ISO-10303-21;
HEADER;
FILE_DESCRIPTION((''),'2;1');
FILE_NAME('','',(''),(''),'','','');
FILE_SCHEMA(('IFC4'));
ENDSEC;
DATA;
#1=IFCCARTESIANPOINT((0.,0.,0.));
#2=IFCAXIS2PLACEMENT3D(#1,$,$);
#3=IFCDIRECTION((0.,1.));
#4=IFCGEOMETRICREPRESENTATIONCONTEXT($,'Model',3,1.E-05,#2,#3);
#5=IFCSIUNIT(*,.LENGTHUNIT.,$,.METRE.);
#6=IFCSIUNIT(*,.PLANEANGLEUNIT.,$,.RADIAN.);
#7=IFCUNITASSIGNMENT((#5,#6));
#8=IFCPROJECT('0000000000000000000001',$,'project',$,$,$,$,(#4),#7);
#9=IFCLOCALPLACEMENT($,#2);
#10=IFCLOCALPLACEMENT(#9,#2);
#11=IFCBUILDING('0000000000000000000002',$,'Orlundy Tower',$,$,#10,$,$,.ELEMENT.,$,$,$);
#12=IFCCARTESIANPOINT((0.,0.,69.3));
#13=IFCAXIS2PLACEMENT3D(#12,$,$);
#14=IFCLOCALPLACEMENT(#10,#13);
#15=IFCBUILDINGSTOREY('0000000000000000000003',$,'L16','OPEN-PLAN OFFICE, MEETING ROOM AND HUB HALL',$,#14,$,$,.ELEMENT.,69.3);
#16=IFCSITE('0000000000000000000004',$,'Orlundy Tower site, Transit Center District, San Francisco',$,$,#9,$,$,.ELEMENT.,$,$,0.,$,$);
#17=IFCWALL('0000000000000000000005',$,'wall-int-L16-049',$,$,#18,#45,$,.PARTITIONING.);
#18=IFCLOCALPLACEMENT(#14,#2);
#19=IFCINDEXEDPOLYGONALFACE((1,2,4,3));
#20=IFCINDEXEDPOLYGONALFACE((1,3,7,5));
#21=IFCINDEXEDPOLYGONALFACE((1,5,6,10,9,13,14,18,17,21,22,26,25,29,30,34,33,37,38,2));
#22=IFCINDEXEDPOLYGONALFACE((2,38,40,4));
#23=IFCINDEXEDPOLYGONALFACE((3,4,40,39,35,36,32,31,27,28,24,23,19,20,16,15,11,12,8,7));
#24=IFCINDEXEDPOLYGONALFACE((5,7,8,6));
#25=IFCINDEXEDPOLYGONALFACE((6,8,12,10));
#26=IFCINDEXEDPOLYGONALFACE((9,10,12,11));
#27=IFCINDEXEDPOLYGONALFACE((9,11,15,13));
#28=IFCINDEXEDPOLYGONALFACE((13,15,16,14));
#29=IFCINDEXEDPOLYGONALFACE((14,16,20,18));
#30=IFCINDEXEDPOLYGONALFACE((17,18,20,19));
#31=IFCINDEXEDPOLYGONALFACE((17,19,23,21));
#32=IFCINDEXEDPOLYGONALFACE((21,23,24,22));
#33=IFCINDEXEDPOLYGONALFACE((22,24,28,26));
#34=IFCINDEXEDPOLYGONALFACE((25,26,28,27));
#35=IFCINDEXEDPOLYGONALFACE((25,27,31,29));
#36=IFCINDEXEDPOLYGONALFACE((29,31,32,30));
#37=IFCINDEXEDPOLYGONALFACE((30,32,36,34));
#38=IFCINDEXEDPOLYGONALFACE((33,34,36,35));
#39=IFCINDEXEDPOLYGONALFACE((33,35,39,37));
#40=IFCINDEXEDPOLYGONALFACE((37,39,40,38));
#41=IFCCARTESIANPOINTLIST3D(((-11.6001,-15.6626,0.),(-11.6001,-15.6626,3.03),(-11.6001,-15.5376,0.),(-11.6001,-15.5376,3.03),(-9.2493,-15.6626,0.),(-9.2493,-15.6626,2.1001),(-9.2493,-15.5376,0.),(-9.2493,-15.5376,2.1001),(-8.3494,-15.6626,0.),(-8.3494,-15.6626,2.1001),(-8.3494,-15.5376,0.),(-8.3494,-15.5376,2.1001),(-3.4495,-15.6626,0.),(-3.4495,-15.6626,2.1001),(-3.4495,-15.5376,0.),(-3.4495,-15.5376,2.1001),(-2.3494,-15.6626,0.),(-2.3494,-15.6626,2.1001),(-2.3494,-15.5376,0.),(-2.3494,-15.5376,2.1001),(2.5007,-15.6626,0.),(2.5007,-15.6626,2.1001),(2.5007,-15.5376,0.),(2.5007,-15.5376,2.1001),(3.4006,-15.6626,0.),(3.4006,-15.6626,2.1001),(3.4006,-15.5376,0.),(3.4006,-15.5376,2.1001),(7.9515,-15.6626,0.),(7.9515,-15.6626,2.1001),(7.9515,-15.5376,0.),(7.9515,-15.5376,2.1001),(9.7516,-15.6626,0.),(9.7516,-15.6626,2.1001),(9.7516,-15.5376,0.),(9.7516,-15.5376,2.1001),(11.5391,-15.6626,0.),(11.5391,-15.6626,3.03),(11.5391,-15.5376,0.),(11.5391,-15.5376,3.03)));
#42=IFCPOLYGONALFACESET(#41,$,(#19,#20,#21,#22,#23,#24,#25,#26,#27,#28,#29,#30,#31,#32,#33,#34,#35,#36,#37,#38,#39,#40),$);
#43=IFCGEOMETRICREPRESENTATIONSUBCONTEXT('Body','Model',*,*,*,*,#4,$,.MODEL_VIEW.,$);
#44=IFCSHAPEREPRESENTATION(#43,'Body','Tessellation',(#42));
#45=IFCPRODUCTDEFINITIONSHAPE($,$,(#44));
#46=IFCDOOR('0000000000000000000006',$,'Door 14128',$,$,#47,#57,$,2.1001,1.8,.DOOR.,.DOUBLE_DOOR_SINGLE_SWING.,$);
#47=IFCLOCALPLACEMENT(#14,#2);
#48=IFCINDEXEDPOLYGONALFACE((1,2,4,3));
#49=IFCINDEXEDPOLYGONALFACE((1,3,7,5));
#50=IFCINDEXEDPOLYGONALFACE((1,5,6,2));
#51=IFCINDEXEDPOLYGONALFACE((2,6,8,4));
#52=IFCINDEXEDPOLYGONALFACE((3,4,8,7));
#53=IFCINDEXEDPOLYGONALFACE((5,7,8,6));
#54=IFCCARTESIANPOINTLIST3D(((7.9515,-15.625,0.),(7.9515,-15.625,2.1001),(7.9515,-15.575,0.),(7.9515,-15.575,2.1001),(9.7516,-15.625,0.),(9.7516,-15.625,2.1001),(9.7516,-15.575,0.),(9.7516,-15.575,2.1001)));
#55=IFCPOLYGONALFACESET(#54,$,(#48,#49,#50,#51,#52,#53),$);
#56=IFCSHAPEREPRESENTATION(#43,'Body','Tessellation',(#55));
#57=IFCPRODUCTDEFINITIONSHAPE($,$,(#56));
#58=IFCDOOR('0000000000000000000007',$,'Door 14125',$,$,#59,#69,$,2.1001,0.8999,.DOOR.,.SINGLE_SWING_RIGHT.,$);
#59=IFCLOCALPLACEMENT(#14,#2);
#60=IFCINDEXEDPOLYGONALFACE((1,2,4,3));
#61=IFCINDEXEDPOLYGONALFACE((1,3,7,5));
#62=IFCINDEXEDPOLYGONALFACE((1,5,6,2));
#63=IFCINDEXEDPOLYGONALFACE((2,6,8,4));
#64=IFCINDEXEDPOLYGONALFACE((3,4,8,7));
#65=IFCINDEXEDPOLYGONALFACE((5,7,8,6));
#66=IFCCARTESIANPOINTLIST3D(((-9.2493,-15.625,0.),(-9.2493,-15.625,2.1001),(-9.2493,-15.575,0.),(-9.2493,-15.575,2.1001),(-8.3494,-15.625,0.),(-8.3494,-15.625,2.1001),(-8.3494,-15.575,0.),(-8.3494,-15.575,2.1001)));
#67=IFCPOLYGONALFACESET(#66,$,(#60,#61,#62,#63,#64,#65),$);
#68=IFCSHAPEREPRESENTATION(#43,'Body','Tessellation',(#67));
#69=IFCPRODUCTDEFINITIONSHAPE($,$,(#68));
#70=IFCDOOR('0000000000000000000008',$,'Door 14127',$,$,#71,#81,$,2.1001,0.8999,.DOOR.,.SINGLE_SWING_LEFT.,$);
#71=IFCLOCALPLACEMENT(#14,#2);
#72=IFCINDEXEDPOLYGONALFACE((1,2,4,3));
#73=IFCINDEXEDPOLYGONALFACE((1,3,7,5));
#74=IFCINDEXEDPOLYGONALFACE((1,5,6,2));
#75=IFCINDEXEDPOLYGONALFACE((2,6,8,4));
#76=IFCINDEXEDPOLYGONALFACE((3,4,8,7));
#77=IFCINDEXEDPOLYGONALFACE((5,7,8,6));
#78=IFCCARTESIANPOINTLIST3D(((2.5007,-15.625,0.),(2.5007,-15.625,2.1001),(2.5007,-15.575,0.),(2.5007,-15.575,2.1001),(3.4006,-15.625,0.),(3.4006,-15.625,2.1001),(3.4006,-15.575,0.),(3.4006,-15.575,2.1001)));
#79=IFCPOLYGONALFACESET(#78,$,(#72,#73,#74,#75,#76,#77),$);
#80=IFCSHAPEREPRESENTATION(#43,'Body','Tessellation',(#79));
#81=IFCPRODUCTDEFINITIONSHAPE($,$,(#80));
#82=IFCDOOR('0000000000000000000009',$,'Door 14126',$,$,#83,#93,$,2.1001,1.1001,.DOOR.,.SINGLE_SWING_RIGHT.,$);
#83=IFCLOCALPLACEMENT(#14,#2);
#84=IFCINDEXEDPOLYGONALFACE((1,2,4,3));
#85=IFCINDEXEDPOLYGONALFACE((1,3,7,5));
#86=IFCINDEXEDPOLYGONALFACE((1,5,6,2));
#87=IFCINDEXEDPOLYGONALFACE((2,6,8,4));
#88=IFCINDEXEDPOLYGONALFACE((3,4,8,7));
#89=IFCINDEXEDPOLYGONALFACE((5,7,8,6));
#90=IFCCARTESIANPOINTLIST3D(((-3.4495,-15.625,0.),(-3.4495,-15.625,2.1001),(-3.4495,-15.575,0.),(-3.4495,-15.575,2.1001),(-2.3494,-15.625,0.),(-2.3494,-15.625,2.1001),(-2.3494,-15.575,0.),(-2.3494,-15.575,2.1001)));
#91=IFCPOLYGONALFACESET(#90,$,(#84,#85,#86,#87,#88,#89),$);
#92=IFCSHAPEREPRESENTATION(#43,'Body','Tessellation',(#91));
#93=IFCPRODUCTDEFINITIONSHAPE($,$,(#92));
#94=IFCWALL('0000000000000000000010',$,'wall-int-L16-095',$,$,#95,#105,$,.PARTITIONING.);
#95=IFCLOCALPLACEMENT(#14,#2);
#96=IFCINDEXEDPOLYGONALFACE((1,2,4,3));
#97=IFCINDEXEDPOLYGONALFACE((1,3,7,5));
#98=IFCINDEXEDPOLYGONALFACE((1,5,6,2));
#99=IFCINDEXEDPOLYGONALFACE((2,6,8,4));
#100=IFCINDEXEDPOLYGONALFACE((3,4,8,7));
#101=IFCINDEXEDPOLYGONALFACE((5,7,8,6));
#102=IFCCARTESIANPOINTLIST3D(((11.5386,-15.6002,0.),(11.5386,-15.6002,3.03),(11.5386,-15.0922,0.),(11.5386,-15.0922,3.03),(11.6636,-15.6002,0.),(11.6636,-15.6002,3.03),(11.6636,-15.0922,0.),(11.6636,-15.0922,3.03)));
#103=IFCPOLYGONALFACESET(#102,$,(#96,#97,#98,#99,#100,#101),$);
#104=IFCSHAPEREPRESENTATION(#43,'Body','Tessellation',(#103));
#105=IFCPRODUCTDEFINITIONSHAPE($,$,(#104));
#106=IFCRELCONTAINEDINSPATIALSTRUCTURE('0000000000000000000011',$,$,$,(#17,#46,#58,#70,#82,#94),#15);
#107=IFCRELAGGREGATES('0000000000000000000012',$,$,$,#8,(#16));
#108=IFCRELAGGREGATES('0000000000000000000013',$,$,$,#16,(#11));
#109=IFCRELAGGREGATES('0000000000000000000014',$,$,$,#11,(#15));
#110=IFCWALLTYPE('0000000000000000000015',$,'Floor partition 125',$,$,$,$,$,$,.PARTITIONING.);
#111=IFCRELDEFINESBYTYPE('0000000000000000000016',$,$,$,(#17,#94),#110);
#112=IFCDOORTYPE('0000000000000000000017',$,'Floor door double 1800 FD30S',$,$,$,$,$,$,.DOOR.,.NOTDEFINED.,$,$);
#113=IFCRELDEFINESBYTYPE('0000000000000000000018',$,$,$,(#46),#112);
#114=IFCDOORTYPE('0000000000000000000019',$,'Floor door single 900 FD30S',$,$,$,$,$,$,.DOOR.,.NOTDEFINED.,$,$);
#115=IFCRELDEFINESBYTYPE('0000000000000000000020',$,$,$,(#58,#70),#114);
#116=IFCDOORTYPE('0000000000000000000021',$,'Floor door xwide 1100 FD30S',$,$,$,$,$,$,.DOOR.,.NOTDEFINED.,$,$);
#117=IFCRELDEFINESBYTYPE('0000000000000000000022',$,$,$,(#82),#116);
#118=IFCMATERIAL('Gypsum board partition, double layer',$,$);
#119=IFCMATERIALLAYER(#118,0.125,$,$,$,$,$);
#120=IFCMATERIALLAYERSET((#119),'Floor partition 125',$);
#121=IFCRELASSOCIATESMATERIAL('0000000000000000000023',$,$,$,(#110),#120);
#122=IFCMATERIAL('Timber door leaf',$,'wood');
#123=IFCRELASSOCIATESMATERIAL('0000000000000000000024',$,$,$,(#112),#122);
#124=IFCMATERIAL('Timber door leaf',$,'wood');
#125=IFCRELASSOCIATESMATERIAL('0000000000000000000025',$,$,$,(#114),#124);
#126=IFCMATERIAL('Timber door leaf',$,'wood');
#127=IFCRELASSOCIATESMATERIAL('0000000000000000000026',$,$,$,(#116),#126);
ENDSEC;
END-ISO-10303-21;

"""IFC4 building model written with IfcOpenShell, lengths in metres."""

from ifc_helpers import new_model, si_unit, direction, frame, frame_2d, origin, place, context, subcontext, project, spatial, rectangle, extrude, material, layer, layer_set, type_object, element, fill, save


model = new_model("IFC4")

# Units and contexts
model_context = context("Model", 3, precision=1e-05, world=origin(), true_north=direction((0.0, 1.0)))
body_context = subcontext(model_context, "Body", "Model", "MODEL_VIEW")
ifc_project = project(units=[si_unit("LENGTHUNIT", "METRE"), si_unit("PLANEANGLEUNIT", "RADIAN")], contexts=[model_context])

# Site, building, storey
site_placement = place(None, origin())
site = spatial("IfcSite", under=ifc_project, at=site_placement, Name="Orlundy Tower site, Transit Center District, San Francisco", CompositionType="ELEMENT", RefElevation=0.0)
building_placement = place(site_placement, origin())
building = spatial("IfcBuilding", under=site, at=building_placement, Name="Orlundy Tower", CompositionType="ELEMENT")
storey_placement = place(building_placement, frame((0.0, 0.0, 69.3)))
storey = spatial("IfcBuildingStorey", under=building, at=storey_placement, Name="L16", Description="OPEN-PLAN OFFICE, MEETING ROOM AND HUB HALL", CompositionType="ELEMENT", Elevation=69.3)

# Shared definitions
ifc_material_1 = material(Name="Gypsum board partition, double layer")
ifc_layer_1 = layer(ifc_material_1, 0.125)
ifc_layer_set_1 = layer_set([ifc_layer_1], Name="Floor partition 125")
wall_type_1 = type_object("IfcWallType", Name="Floor partition 125", PredefinedType="PARTITIONING", material=ifc_layer_set_1)

# Wall, openings, doors
wall_1_placement = place(storey_placement, frame((11.5391, -15.6001, 0.0), z_axis=(0.0, 0.0, 1.0), x_axis=(-1.0, 0.0, 0.0)))
wall_1 = element("IfcWall", 1, at=wall_1_placement, inside=storey, type_object=wall_type_1, Name="wall-int-L16-049", PredefinedType="PARTITIONING", context=body_context, shape_type="SweptSolid", body=[
    extrude(rectangle(XDim=23.1392, YDim=0.125, at=frame_2d((11.5696, 0.0))), origin(), (0.0, 0.0, 1.0), 3.03),
])
opening_1_placement = place(wall_1_placement, frame((19.8884, 0.0, 0.0)))
opening_1 = element("IfcOpeningElement", 2, at=opening_1_placement, cuts=wall_1, PredefinedType="OPENING", context=body_context, shape_type="SweptSolid", body=[
    extrude(rectangle(XDim=0.8999, YDim=2.1001, at=frame_2d((0.45, 1.05))), frame((0.0, 0.0725, 0.0), z_axis=(0.0, -1.0, 0.0), x_axis=(1.0, 0.0, 0.0)), (0.0, 0.0, 1.0), 0.145),
])
opening_2_placement = place(wall_1_placement, frame((13.8884, 0.0, 0.0)))
opening_2 = element("IfcOpeningElement", 3, at=opening_2_placement, cuts=wall_1, PredefinedType="OPENING", context=body_context, shape_type="SweptSolid", body=[
    extrude(rectangle(XDim=1.1001, YDim=2.1001, at=frame_2d((0.55, 1.05))), frame((0.0, 0.0725, 0.0), z_axis=(0.0, -1.0, 0.0), x_axis=(1.0, 0.0, 0.0)), (0.0, 0.0, 1.0), 0.145),
])
opening_3_placement = place(wall_1_placement, frame((8.1384, 0.0, 0.0)))
opening_3 = element("IfcOpeningElement", 4, at=opening_3_placement, cuts=wall_1, PredefinedType="OPENING", context=body_context, shape_type="SweptSolid", body=[
    extrude(rectangle(XDim=0.8999, YDim=2.1001, at=frame_2d((0.45, 1.05))), frame((0.0, 0.0725, 0.0), z_axis=(0.0, -1.0, 0.0), x_axis=(1.0, 0.0, 0.0)), (0.0, 0.0, 1.0), 0.145),
])
opening_4_placement = place(wall_1_placement, frame((1.7876, 0.0, 0.0)))
opening_4 = element("IfcOpeningElement", 5, at=opening_4_placement, cuts=wall_1, PredefinedType="OPENING", context=body_context, shape_type="SweptSolid", body=[
    extrude(rectangle(XDim=1.8, YDim=2.1001, at=frame_2d((0.8999, 1.05))), frame((0.0, 0.0725, 0.0), z_axis=(0.0, -1.0, 0.0), x_axis=(1.0, 0.0, 0.0)), (0.0, 0.0, 1.0), 0.145),
])
ifc_material_2 = material(Name="Timber door leaf", Category="wood")
door_type_1 = type_object("IfcDoorType", Name="Floor door double 1800 FD30S", OperationType="NOTDEFINED", PredefinedType="DOOR", material=ifc_material_2)
door_1_placement = place(opening_4_placement, origin())
door_1 = element("IfcDoor", 6, at=door_1_placement, inside=storey, type_object=door_type_1, Name="Door 14128", OperationType="DOUBLE_DOOR_SINGLE_SWING", OverallHeight=2.1001, OverallWidth=1.8, PredefinedType="DOOR", context=body_context, shape_type="SweptSolid", body=[
    extrude(rectangle(XDim=1.8, YDim=2.1001, at=frame_2d((0.8999, 1.05))), frame((0.0, 0.0249, 0.0), z_axis=(0.0, -1.0, 0.0), x_axis=(1.0, 0.0, 0.0)), (0.0, 0.0, 1.0), 0.05),
])
fill(opening_4, door_1)
ifc_material_3 = material(Name="Timber door leaf", Category="wood")
door_type_2 = type_object("IfcDoorType", Name="Floor door single 900 FD30S", OperationType="NOTDEFINED", PredefinedType="DOOR", material=ifc_material_3)
door_2_placement = place(opening_1_placement, origin())
door_2 = element("IfcDoor", 7, at=door_2_placement, inside=storey, type_object=door_type_2, Name="Door 14125", OperationType="SINGLE_SWING_RIGHT", OverallHeight=2.1001, OverallWidth=0.8999, PredefinedType="DOOR", context=body_context, shape_type="SweptSolid", body=[
    extrude(rectangle(XDim=0.8999, YDim=2.1001, at=frame_2d((0.45, 1.05))), frame((0.0, 0.0249, 0.0), z_axis=(0.0, -1.0, 0.0), x_axis=(1.0, 0.0, 0.0)), (0.0, 0.0, 1.0), 0.05),
])
fill(opening_1, door_2)
door_3_placement = place(opening_3_placement, origin())
door_3 = element("IfcDoor", 8, at=door_3_placement, inside=storey, type_object=door_type_2, Name="Door 14127", OperationType="SINGLE_SWING_LEFT", OverallHeight=2.1001, OverallWidth=0.8999, PredefinedType="DOOR", context=body_context, shape_type="SweptSolid", body=[
    extrude(rectangle(XDim=0.8999, YDim=2.1001, at=frame_2d((0.45, 1.05))), frame((0.0, 0.0249, 0.0), z_axis=(0.0, -1.0, 0.0), x_axis=(1.0, 0.0, 0.0)), (0.0, 0.0, 1.0), 0.05),
])
fill(opening_3, door_3)
ifc_material_4 = material(Name="Timber door leaf", Category="wood")
door_type_3 = type_object("IfcDoorType", Name="Floor door xwide 1100 FD30S", OperationType="NOTDEFINED", PredefinedType="DOOR", material=ifc_material_4)
door_4_placement = place(opening_2_placement, origin())
door_4 = element("IfcDoor", 9, at=door_4_placement, inside=storey, type_object=door_type_3, Name="Door 14126", OperationType="SINGLE_SWING_RIGHT", OverallHeight=2.1001, OverallWidth=1.1001, PredefinedType="DOOR", context=body_context, shape_type="SweptSolid", body=[
    extrude(rectangle(XDim=1.1001, YDim=2.1001, at=frame_2d((0.55, 1.05))), frame((0.0, 0.0249, 0.0), z_axis=(0.0, -1.0, 0.0), x_axis=(1.0, 0.0, 0.0)), (0.0, 0.0, 1.0), 0.05),
])
fill(opening_2, door_4)

# Wall
wall_2_placement = place(storey_placement, frame((11.6011, -15.6001, 0.0), z_axis=(0.0, 0.0, 1.0), x_axis=(0.0, 1.0, 0.0)))
element("IfcWall", 10, at=wall_2_placement, inside=storey, type_object=wall_type_1, Name="wall-int-L16-095", PredefinedType="PARTITIONING", context=body_context, shape_type="SweptSolid", body=[
    extrude(rectangle(XDim=0.5081, YDim=0.125, at=frame_2d((0.2539, 0.0))), origin(), (0.0, 0.0, 1.0), 3.03),
])

save(model, "model.ifc")
